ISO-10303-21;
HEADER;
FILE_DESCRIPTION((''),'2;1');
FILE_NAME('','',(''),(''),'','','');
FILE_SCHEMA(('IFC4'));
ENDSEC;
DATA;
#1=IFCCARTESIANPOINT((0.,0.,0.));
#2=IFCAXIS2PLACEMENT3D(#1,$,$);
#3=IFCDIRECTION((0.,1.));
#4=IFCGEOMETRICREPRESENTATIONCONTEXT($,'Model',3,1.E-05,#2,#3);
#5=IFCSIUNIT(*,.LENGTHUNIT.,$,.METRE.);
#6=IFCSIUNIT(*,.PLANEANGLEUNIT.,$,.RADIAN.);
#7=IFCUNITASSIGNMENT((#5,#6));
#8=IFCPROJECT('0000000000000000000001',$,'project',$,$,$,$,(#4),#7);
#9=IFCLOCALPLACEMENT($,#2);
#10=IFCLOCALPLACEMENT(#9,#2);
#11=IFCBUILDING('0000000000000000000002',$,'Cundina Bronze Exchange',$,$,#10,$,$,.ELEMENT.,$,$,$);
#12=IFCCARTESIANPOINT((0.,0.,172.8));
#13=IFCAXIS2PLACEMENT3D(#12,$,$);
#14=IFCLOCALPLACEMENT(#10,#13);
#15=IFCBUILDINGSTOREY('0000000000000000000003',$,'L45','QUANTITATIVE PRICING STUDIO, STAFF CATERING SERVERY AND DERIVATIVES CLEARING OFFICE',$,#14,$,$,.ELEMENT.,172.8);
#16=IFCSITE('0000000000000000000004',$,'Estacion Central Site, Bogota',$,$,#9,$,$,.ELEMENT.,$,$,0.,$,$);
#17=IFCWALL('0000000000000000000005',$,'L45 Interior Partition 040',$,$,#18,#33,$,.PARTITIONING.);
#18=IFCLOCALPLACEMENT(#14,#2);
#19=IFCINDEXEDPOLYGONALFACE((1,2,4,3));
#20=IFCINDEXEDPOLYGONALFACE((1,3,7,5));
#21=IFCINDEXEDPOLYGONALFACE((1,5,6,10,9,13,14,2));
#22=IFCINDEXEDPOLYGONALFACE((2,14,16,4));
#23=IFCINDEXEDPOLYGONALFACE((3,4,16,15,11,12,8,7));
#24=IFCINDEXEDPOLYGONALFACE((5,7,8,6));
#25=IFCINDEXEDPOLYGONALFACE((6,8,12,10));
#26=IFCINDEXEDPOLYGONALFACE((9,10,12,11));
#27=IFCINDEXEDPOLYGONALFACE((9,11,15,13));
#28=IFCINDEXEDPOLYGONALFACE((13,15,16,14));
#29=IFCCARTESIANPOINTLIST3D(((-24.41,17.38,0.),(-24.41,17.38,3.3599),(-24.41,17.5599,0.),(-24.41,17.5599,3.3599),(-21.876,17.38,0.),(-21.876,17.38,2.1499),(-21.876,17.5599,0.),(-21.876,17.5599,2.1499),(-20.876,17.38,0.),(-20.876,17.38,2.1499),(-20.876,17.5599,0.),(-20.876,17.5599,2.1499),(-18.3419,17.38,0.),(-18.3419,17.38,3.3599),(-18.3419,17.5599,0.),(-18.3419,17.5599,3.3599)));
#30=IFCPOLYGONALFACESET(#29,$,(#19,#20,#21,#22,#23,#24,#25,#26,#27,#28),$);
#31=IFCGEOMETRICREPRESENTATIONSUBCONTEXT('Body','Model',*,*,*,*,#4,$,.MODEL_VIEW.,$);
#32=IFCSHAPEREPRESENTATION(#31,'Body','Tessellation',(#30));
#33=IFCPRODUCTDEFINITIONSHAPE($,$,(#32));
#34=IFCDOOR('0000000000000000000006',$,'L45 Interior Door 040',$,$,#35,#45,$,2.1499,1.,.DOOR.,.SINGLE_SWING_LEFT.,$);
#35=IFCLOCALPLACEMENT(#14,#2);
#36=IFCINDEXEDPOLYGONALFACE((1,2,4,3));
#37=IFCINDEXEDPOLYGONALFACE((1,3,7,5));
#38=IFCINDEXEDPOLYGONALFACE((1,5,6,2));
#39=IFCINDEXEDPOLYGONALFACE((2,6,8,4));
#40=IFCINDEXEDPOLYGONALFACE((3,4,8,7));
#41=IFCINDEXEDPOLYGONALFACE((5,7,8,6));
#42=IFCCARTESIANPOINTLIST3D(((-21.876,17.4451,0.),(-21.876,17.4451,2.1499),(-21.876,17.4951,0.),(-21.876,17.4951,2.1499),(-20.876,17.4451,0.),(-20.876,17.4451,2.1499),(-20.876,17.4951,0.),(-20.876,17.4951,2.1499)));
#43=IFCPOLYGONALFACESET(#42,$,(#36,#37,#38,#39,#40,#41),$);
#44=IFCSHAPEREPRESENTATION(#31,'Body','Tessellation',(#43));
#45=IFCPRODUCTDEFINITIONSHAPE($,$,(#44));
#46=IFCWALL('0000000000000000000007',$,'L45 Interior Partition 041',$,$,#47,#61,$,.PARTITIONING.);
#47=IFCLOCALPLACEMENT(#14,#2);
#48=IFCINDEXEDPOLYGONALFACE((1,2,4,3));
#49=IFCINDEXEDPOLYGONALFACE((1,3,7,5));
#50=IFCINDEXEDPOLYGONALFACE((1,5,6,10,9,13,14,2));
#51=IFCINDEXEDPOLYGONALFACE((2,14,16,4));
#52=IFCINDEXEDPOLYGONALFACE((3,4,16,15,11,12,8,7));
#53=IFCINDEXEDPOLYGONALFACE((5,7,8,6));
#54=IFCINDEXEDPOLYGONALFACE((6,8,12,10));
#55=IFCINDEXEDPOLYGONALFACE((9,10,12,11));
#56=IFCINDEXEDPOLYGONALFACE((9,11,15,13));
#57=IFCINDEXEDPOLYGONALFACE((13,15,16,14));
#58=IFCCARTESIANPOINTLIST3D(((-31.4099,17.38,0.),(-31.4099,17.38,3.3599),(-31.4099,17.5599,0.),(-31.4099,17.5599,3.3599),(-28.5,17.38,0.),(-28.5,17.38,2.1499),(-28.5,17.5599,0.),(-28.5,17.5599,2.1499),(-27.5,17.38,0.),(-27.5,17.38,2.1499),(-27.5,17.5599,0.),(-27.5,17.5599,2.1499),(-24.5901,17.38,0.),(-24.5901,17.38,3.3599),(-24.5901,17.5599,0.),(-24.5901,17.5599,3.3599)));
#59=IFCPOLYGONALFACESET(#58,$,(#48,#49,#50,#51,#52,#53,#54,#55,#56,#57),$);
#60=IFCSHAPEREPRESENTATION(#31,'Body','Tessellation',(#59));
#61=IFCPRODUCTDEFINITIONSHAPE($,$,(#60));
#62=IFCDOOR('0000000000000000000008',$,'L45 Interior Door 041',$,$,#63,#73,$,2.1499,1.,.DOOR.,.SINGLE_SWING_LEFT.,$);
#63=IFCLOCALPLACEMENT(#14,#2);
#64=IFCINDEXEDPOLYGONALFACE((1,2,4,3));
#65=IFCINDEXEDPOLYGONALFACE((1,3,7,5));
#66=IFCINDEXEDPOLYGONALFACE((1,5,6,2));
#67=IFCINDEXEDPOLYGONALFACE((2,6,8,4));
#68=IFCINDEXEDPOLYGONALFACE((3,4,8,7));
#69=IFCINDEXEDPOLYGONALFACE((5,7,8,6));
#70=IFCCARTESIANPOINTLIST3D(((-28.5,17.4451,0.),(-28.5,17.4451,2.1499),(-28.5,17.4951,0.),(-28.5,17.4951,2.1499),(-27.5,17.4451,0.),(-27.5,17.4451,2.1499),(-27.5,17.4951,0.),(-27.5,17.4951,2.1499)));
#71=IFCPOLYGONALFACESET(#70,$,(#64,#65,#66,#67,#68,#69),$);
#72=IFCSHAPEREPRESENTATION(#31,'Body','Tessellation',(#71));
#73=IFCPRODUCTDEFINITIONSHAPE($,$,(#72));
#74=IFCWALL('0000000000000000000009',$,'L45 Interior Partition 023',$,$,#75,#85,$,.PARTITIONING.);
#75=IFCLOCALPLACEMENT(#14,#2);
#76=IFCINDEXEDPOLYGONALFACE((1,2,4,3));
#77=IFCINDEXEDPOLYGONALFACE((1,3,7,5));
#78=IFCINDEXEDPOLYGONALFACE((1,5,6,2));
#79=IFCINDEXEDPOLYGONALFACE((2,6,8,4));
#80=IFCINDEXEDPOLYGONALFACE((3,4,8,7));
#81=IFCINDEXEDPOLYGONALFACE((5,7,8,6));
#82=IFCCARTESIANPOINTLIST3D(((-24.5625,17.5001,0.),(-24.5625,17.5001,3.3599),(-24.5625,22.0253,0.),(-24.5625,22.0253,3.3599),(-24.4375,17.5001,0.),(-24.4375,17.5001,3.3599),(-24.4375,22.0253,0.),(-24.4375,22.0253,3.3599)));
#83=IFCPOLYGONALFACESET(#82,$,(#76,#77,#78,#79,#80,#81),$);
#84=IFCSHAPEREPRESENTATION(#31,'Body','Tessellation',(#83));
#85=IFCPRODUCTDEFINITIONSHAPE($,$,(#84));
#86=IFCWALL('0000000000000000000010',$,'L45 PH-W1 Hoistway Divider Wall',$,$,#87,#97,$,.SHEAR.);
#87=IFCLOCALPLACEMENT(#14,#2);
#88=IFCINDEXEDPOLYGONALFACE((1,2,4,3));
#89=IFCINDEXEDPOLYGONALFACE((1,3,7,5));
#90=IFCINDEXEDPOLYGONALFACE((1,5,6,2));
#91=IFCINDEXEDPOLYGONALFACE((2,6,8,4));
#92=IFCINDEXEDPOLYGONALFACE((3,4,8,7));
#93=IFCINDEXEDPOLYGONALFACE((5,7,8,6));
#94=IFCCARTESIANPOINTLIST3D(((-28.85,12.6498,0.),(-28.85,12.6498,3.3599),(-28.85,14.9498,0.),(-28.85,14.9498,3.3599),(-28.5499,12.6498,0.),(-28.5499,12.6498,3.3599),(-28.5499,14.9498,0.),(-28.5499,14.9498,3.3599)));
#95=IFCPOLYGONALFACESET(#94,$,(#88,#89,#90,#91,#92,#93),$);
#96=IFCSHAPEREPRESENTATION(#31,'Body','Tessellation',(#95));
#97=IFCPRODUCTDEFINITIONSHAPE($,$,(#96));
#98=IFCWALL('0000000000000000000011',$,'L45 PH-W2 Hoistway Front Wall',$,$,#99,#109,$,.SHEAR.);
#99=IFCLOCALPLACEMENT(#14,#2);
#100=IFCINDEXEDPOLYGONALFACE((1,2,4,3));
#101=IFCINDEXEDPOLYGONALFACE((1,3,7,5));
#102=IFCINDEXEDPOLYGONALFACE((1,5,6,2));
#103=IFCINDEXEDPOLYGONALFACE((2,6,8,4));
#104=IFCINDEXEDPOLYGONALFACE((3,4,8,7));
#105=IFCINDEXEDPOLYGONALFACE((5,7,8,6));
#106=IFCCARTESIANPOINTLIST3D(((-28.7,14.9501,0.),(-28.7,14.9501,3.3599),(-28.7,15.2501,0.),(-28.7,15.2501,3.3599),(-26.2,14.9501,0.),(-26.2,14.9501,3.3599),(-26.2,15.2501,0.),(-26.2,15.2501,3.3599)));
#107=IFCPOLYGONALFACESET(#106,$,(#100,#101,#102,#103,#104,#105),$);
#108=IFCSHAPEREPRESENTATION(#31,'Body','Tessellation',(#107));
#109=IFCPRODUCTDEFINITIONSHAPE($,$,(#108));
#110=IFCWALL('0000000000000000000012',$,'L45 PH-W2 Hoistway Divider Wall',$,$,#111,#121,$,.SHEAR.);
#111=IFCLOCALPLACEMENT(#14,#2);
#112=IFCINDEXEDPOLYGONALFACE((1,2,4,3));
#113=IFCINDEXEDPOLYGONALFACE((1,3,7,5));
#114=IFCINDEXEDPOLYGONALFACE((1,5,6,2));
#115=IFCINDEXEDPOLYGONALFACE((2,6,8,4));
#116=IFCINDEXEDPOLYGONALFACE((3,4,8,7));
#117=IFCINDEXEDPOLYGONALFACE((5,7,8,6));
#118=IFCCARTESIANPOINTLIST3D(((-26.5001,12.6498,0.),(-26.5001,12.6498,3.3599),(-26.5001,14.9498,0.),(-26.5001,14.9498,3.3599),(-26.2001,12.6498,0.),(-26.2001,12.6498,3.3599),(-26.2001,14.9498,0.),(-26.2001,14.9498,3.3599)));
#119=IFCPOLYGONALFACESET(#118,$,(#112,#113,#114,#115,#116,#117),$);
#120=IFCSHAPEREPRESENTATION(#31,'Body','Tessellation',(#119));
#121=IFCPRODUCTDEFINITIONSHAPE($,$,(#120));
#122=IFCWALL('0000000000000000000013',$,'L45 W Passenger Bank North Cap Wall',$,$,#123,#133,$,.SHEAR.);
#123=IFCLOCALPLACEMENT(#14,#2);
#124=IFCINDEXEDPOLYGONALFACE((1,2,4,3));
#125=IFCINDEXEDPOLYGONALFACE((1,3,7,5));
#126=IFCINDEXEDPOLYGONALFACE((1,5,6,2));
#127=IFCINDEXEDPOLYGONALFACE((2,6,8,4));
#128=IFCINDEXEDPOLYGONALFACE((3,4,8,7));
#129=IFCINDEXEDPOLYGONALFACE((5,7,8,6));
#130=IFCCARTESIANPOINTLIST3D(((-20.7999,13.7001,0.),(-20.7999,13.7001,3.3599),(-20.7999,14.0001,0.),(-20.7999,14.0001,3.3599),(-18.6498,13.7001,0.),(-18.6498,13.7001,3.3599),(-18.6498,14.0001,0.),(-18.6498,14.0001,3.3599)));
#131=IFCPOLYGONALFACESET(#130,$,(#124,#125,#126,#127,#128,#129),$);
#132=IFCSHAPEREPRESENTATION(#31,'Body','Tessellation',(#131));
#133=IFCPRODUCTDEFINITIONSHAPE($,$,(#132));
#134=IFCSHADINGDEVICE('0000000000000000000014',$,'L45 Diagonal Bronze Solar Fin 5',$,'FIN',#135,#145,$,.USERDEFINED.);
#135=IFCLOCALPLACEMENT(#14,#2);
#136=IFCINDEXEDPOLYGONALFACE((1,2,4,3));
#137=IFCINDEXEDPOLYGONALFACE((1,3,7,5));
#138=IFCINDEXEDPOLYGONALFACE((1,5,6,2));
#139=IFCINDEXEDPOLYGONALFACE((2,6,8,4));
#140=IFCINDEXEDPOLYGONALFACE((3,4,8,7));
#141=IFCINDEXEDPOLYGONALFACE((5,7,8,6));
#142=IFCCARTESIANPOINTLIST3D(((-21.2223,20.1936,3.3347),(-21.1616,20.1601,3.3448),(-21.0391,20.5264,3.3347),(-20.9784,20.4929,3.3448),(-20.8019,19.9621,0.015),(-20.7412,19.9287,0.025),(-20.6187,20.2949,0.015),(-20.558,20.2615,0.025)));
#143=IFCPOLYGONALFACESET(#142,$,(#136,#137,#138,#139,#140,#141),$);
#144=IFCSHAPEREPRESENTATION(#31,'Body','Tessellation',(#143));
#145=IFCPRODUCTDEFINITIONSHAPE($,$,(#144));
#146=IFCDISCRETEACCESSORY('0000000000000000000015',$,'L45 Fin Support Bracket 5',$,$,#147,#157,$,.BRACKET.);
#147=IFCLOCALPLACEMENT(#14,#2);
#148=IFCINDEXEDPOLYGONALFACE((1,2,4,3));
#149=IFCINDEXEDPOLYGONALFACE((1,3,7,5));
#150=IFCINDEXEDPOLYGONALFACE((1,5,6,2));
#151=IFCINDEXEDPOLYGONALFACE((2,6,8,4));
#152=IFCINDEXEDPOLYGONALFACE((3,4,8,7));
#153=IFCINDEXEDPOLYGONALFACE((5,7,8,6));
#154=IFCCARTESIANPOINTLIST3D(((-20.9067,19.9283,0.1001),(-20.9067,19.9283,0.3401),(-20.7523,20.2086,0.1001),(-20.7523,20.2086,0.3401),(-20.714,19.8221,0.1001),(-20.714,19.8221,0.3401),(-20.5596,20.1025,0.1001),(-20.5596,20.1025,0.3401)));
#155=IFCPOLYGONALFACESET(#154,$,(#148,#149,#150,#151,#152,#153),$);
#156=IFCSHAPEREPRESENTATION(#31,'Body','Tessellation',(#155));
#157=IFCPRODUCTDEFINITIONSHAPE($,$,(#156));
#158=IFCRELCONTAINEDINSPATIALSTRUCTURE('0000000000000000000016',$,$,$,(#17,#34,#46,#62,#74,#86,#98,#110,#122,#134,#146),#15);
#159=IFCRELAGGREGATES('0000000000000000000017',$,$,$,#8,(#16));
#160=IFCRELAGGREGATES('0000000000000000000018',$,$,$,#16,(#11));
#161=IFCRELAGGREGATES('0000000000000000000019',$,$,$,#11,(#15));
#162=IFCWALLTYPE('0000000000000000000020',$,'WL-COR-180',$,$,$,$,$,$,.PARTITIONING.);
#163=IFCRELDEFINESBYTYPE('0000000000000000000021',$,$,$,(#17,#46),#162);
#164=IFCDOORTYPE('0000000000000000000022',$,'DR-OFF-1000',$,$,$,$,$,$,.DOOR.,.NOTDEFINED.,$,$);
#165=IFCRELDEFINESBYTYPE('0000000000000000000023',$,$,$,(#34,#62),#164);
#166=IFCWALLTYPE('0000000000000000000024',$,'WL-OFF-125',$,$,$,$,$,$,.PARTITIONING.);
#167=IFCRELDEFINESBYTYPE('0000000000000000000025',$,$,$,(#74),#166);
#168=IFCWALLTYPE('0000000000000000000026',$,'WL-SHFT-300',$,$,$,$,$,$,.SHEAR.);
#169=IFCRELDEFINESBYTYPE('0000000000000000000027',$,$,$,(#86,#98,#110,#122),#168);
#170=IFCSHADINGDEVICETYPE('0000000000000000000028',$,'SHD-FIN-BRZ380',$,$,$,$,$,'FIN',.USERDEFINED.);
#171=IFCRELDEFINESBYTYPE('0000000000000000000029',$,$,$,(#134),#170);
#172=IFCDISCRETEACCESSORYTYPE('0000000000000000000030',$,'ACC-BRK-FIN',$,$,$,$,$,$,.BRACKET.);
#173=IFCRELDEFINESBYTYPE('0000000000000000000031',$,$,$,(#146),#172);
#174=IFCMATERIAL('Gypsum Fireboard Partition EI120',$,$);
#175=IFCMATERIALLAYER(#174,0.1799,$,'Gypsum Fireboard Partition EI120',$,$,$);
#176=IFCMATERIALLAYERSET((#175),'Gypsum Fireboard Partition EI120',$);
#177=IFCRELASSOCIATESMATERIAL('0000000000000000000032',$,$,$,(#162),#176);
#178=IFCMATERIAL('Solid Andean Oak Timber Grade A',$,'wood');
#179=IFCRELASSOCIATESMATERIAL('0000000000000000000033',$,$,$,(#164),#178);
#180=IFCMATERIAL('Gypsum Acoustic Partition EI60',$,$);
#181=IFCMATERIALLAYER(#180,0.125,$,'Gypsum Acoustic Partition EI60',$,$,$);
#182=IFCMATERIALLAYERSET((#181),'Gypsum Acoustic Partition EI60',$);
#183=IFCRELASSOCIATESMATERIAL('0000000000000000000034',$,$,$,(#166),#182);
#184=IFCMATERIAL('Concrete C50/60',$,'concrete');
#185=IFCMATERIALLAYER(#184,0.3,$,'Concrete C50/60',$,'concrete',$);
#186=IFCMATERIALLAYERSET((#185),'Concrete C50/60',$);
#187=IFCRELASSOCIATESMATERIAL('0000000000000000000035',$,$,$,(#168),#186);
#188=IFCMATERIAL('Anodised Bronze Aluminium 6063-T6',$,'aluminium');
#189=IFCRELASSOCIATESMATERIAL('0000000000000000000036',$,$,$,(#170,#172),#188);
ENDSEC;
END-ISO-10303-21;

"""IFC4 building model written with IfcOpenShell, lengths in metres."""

from ifc_helpers import new_model, si_unit, direction, frame, frame_2d, origin, origin_2d, place, context, subcontext, project, spatial, rectangle, extrude, material, layer, layer_set, material_profile, profile_set, type_object, element, fill, save


model = new_model("IFC4")

# Units and contexts
model_context = context("Model", 3, precision=1e-05, world=origin(), true_north=direction((0.0, 1.0)))
body_context = subcontext(model_context, "Body", "Model", "MODEL_VIEW")
ifc_project = project(units=[si_unit("LENGTHUNIT", "METRE"), si_unit("PLANEANGLEUNIT", "RADIAN")], contexts=[model_context])

# Site, building, storey
site_placement = place(None, origin())
site = spatial("IfcSite", under=ifc_project, at=site_placement, Name="Estacion Central Site, Bogota", CompositionType="ELEMENT", RefElevation=0.0)
building_placement = place(site_placement, origin())
building = spatial("IfcBuilding", under=site, at=building_placement, Name="Cundina Bronze Exchange", CompositionType="ELEMENT")
storey_placement = place(building_placement, frame((0.0, 0.0, 172.8)))
storey = spatial("IfcBuildingStorey", under=building, at=storey_placement, Name="L45", Description="QUANTITATIVE PRICING STUDIO, STAFF CATERING SERVERY AND DERIVATIVES CLEARING OFFICE", CompositionType="ELEMENT", Elevation=172.8)

# Shared definitions
ifc_material_1 = material(Name="Concrete C50/60", Category="concrete")

# Shared definitions
ifc_material_2 = material(Name="Anodised Bronze Aluminium 6063-T6", Category="aluminium")

# Shared definitions
ifc_material_3 = material(Name="Gypsum Fireboard Partition EI120")
ifc_layer_1 = layer(ifc_material_3, 0.1799, Name="Gypsum Fireboard Partition EI120")
ifc_layer_set_1 = layer_set([ifc_layer_1], Name="Gypsum Fireboard Partition EI120")
wall_type_1 = type_object("IfcWallType", Name="WL-COR-180", PredefinedType="PARTITIONING", material=ifc_layer_set_1)
ifc_material_4 = material(Name="Solid Andean Oak Timber Grade A", Category="wood")

# Walls, openings, doors
wall_1_placement = place(storey_placement, frame((-18.3418, 17.47, 0.0), z_axis=(0.0, 0.0, 1.0), x_axis=(-1.0, 0.0, 0.0)))
wall_1 = element("IfcWall", 1, at=wall_1_placement, inside=storey, type_object=wall_type_1, Name="L45 Interior Partition 040", PredefinedType="PARTITIONING", context=body_context, shape_type="SweptSolid", body=[
    extrude(rectangle(XDim=6.0681, YDim=0.1799, at=frame_2d((3.0342, 0.0))), origin(), (0.0, 0.0, 1.0), 3.3599),
])
opening_1_placement = place(wall_1_placement, frame((2.5342, 0.0, 0.0)))
opening_1 = element("IfcOpeningElement", 2, at=opening_1_placement, cuts=wall_1, PredefinedType="OPENING", context=body_context, shape_type="SweptSolid", body=[
    extrude(rectangle(XDim=1.0, YDim=2.1499, at=frame_2d((0.5, 1.075))), frame((0.0, 0.0999, 0.0), z_axis=(0.0, -1.0, 0.0), x_axis=(1.0, 0.0, 0.0)), (0.0, 0.0, 1.0), 0.2),
])
door_type_1 = type_object("IfcDoorType", Name="DR-OFF-1000", OperationType="NOTDEFINED", PredefinedType="DOOR", material=ifc_material_4)
door_1_placement = place(opening_1_placement, origin())
door_1 = element("IfcDoor", 3, at=door_1_placement, inside=storey, type_object=door_type_1, Name="L45 Interior Door 040", OperationType="SINGLE_SWING_LEFT", OverallHeight=2.1499, OverallWidth=1.0, PredefinedType="DOOR", context=body_context, shape_type="SweptSolid", body=[
    extrude(rectangle(XDim=1.0, YDim=2.1499, at=frame_2d((0.5, 1.075))), frame((0.0, 0.0249, 0.0), z_axis=(0.0, -1.0, 0.0), x_axis=(1.0, 0.0, 0.0)), (0.0, 0.0, 1.0), 0.05),
])
fill(opening_1, door_1)
wall_2_placement = place(storey_placement, frame((-24.5901, 17.47, 0.0), z_axis=(0.0, 0.0, 1.0), x_axis=(-1.0, 0.0, 0.0)))
wall_2 = element("IfcWall", 4, at=wall_2_placement, inside=storey, type_object=wall_type_1, Name="L45 Interior Partition 041", PredefinedType="PARTITIONING", context=body_context, shape_type="SweptSolid", body=[
    extrude(rectangle(XDim=6.8198, YDim=0.1799, at=frame_2d((3.4099, 0.0))), origin(), (0.0, 0.0, 1.0), 3.3599),
])
opening_2_placement = place(wall_2_placement, frame((2.9099, 0.0, 0.0)))
opening_2 = element("IfcOpeningElement", 5, at=opening_2_placement, cuts=wall_2, PredefinedType="OPENING", context=body_context, shape_type="SweptSolid", body=[
    extrude(rectangle(XDim=1.0, YDim=2.1499, at=frame_2d((0.5, 1.075))), frame((0.0, 0.0999, 0.0), z_axis=(0.0, -1.0, 0.0), x_axis=(1.0, 0.0, 0.0)), (0.0, 0.0, 1.0), 0.2),
])
door_2_placement = place(opening_2_placement, origin())
door_2 = element("IfcDoor", 6, at=door_2_placement, inside=storey, type_object=door_type_1, Name="L45 Interior Door 041", OperationType="SINGLE_SWING_LEFT", OverallHeight=2.1499, OverallWidth=1.0, PredefinedType="DOOR", context=body_context, shape_type="SweptSolid", body=[
    extrude(rectangle(XDim=1.0, YDim=2.1499, at=frame_2d((0.5, 1.075))), frame((0.0, 0.0249, 0.0), z_axis=(0.0, -1.0, 0.0), x_axis=(1.0, 0.0, 0.0)), (0.0, 0.0, 1.0), 0.05),
])
fill(opening_2, door_2)

# Walls
ifc_material_5 = material(Name="Gypsum Acoustic Partition EI60")
ifc_layer_2 = layer(ifc_material_5, 0.125, Name="Gypsum Acoustic Partition EI60")
ifc_layer_set_2 = layer_set([ifc_layer_2], Name="Gypsum Acoustic Partition EI60")
wall_type_2 = type_object("IfcWallType", Name="WL-OFF-125", PredefinedType="PARTITIONING", material=ifc_layer_set_2)
wall_3_placement = place(storey_placement, frame((-24.5, 17.5, 0.0), z_axis=(0.0, 0.0, 1.0), x_axis=(0.0, 1.0, 0.0)))
element("IfcWall", 7, at=wall_3_placement, inside=storey, type_object=wall_type_2, Name="L45 Interior Partition 023", PredefinedType="PARTITIONING", context=body_context, shape_type="SweptSolid", body=[
    extrude(rectangle(XDim=4.5251, YDim=0.125, at=frame_2d((2.2627, 0.0))), origin(), (0.0, 0.0, 1.0), 3.3599),
])
ifc_layer_3 = layer(ifc_material_1, 0.3, Name="Concrete C50/60", Category="concrete")
ifc_layer_set_3 = layer_set([ifc_layer_3], Name="Concrete C50/60")
wall_type_3 = type_object("IfcWallType", Name="WL-SHFT-300", PredefinedType="SHEAR", material=ifc_layer_set_3)
wall_4_placement = place(storey_placement, frame((-28.7, 12.6499, 0.0), z_axis=(0.0, 0.0, 1.0), x_axis=(0.0, 1.0, 0.0)))
element("IfcWall", 8, at=wall_4_placement, inside=storey, type_object=wall_type_3, Name="L45 PH-W1 Hoistway Divider Wall", PredefinedType="SHEAR", context=body_context, shape_type="SweptSolid", body=[
    extrude(rectangle(XDim=2.3, YDim=0.3, at=frame_2d((1.1499, 0.0))), origin(), (0.0, 0.0, 1.0), 3.3599),
])
wall_5_placement = place(storey_placement, frame((-28.7, 15.1001, 0.0), z_axis=(0.0, 0.0, 1.0), x_axis=(1.0, 0.0, 0.0)))
element("IfcWall", 9, at=wall_5_placement, inside=storey, type_object=wall_type_3, Name="L45 PH-W2 Hoistway Front Wall", PredefinedType="SHEAR", context=body_context, shape_type="SweptSolid", body=[
    extrude(rectangle(XDim=2.5, YDim=0.3, at=frame_2d((1.25, 0.0))), origin(), (0.0, 0.0, 1.0), 3.3599),
])
wall_6_placement = place(storey_placement, frame((-26.3501, 12.6499, 0.0), z_axis=(0.0, 0.0, 1.0), x_axis=(0.0, 1.0, 0.0)))
element("IfcWall", 10, at=wall_6_placement, inside=storey, type_object=wall_type_3, Name="L45 PH-W2 Hoistway Divider Wall", PredefinedType="SHEAR", context=body_context, shape_type="SweptSolid", body=[
    extrude(rectangle(XDim=2.3, YDim=0.3, at=frame_2d((1.1499, 0.0))), origin(), (0.0, 0.0, 1.0), 3.3599),
])
wall_7_placement = place(storey_placement, frame((-20.8, 13.8501, 0.0), z_axis=(0.0, 0.0, 1.0), x_axis=(1.0, 0.0, 0.0)))
element("IfcWall", 11, at=wall_7_placement, inside=storey, type_object=wall_type_3, Name="L45 W Passenger Bank North Cap Wall", PredefinedType="SHEAR", context=body_context, shape_type="SweptSolid", body=[
    extrude(rectangle(XDim=2.1501, YDim=0.3, at=frame_2d((1.0752, 0.0))), origin(), (0.0, 0.0, 1.0), 3.3599),
])

# Shading device
ifc_material_profile_1 = material_profile(ifc_material_2, rectangle(XDim=0.0701, YDim=0.3799, at=origin_2d()), Name="FIN70X380", Category="aluminium")
ifc_profile_set_1 = profile_set([ifc_material_profile_1], Name="Anodised Bronze Aluminium 6063-T6")
shading_device_type = type_object("IfcShadingDeviceType", Name="SHD-FIN-BRZ380", ElementType="FIN", PredefinedType="USERDEFINED", material=ifc_profile_set_1)
shading_device_placement = place(storey_placement, frame((-20.6799, 20.1118, 0.02), z_axis=(-0.125333, 0.068999, 0.989712), x_axis=(0.86701, -0.477309, 0.143071)))
element("IfcShadingDevice", 12, at=shading_device_placement, inside=storey, type_object=shading_device_type, Name="L45 Diagonal Bronze Solar Fin 5", ObjectType="FIN", PredefinedType="USERDEFINED", context=body_context, shape_type="SweptSolid", body=[
    extrude(rectangle(XDim=0.0701, YDim=0.3799, at=origin_2d()), origin(), (0.0, 0.0, 1.0), 3.3542),
])

# Discrete accessory
discrete_accessory_type = type_object("IfcDiscreteAccessoryType", Name="ACC-BRK-FIN", PredefinedType="BRACKET", material=ifc_material_2)
discrete_accessory_placement = place(storey_placement, frame((-20.7332, 20.0154, 0.1001), z_axis=(0.0, 0.0, 1.0), x_axis=(-0.875869, 0.482549, 0.0)))
element("IfcDiscreteAccessory", 13, at=discrete_accessory_placement, inside=storey, type_object=discrete_accessory_type, Name="L45 Fin Support Bracket 5", PredefinedType="BRACKET", context=body_context, shape_type="SweptSolid", body=[
    extrude(rectangle(XDim=0.22, YDim=0.3201, at=origin_2d()), origin(), (0.0, 0.0, 1.0), 0.24),
])

save(model, "model.ifc")
